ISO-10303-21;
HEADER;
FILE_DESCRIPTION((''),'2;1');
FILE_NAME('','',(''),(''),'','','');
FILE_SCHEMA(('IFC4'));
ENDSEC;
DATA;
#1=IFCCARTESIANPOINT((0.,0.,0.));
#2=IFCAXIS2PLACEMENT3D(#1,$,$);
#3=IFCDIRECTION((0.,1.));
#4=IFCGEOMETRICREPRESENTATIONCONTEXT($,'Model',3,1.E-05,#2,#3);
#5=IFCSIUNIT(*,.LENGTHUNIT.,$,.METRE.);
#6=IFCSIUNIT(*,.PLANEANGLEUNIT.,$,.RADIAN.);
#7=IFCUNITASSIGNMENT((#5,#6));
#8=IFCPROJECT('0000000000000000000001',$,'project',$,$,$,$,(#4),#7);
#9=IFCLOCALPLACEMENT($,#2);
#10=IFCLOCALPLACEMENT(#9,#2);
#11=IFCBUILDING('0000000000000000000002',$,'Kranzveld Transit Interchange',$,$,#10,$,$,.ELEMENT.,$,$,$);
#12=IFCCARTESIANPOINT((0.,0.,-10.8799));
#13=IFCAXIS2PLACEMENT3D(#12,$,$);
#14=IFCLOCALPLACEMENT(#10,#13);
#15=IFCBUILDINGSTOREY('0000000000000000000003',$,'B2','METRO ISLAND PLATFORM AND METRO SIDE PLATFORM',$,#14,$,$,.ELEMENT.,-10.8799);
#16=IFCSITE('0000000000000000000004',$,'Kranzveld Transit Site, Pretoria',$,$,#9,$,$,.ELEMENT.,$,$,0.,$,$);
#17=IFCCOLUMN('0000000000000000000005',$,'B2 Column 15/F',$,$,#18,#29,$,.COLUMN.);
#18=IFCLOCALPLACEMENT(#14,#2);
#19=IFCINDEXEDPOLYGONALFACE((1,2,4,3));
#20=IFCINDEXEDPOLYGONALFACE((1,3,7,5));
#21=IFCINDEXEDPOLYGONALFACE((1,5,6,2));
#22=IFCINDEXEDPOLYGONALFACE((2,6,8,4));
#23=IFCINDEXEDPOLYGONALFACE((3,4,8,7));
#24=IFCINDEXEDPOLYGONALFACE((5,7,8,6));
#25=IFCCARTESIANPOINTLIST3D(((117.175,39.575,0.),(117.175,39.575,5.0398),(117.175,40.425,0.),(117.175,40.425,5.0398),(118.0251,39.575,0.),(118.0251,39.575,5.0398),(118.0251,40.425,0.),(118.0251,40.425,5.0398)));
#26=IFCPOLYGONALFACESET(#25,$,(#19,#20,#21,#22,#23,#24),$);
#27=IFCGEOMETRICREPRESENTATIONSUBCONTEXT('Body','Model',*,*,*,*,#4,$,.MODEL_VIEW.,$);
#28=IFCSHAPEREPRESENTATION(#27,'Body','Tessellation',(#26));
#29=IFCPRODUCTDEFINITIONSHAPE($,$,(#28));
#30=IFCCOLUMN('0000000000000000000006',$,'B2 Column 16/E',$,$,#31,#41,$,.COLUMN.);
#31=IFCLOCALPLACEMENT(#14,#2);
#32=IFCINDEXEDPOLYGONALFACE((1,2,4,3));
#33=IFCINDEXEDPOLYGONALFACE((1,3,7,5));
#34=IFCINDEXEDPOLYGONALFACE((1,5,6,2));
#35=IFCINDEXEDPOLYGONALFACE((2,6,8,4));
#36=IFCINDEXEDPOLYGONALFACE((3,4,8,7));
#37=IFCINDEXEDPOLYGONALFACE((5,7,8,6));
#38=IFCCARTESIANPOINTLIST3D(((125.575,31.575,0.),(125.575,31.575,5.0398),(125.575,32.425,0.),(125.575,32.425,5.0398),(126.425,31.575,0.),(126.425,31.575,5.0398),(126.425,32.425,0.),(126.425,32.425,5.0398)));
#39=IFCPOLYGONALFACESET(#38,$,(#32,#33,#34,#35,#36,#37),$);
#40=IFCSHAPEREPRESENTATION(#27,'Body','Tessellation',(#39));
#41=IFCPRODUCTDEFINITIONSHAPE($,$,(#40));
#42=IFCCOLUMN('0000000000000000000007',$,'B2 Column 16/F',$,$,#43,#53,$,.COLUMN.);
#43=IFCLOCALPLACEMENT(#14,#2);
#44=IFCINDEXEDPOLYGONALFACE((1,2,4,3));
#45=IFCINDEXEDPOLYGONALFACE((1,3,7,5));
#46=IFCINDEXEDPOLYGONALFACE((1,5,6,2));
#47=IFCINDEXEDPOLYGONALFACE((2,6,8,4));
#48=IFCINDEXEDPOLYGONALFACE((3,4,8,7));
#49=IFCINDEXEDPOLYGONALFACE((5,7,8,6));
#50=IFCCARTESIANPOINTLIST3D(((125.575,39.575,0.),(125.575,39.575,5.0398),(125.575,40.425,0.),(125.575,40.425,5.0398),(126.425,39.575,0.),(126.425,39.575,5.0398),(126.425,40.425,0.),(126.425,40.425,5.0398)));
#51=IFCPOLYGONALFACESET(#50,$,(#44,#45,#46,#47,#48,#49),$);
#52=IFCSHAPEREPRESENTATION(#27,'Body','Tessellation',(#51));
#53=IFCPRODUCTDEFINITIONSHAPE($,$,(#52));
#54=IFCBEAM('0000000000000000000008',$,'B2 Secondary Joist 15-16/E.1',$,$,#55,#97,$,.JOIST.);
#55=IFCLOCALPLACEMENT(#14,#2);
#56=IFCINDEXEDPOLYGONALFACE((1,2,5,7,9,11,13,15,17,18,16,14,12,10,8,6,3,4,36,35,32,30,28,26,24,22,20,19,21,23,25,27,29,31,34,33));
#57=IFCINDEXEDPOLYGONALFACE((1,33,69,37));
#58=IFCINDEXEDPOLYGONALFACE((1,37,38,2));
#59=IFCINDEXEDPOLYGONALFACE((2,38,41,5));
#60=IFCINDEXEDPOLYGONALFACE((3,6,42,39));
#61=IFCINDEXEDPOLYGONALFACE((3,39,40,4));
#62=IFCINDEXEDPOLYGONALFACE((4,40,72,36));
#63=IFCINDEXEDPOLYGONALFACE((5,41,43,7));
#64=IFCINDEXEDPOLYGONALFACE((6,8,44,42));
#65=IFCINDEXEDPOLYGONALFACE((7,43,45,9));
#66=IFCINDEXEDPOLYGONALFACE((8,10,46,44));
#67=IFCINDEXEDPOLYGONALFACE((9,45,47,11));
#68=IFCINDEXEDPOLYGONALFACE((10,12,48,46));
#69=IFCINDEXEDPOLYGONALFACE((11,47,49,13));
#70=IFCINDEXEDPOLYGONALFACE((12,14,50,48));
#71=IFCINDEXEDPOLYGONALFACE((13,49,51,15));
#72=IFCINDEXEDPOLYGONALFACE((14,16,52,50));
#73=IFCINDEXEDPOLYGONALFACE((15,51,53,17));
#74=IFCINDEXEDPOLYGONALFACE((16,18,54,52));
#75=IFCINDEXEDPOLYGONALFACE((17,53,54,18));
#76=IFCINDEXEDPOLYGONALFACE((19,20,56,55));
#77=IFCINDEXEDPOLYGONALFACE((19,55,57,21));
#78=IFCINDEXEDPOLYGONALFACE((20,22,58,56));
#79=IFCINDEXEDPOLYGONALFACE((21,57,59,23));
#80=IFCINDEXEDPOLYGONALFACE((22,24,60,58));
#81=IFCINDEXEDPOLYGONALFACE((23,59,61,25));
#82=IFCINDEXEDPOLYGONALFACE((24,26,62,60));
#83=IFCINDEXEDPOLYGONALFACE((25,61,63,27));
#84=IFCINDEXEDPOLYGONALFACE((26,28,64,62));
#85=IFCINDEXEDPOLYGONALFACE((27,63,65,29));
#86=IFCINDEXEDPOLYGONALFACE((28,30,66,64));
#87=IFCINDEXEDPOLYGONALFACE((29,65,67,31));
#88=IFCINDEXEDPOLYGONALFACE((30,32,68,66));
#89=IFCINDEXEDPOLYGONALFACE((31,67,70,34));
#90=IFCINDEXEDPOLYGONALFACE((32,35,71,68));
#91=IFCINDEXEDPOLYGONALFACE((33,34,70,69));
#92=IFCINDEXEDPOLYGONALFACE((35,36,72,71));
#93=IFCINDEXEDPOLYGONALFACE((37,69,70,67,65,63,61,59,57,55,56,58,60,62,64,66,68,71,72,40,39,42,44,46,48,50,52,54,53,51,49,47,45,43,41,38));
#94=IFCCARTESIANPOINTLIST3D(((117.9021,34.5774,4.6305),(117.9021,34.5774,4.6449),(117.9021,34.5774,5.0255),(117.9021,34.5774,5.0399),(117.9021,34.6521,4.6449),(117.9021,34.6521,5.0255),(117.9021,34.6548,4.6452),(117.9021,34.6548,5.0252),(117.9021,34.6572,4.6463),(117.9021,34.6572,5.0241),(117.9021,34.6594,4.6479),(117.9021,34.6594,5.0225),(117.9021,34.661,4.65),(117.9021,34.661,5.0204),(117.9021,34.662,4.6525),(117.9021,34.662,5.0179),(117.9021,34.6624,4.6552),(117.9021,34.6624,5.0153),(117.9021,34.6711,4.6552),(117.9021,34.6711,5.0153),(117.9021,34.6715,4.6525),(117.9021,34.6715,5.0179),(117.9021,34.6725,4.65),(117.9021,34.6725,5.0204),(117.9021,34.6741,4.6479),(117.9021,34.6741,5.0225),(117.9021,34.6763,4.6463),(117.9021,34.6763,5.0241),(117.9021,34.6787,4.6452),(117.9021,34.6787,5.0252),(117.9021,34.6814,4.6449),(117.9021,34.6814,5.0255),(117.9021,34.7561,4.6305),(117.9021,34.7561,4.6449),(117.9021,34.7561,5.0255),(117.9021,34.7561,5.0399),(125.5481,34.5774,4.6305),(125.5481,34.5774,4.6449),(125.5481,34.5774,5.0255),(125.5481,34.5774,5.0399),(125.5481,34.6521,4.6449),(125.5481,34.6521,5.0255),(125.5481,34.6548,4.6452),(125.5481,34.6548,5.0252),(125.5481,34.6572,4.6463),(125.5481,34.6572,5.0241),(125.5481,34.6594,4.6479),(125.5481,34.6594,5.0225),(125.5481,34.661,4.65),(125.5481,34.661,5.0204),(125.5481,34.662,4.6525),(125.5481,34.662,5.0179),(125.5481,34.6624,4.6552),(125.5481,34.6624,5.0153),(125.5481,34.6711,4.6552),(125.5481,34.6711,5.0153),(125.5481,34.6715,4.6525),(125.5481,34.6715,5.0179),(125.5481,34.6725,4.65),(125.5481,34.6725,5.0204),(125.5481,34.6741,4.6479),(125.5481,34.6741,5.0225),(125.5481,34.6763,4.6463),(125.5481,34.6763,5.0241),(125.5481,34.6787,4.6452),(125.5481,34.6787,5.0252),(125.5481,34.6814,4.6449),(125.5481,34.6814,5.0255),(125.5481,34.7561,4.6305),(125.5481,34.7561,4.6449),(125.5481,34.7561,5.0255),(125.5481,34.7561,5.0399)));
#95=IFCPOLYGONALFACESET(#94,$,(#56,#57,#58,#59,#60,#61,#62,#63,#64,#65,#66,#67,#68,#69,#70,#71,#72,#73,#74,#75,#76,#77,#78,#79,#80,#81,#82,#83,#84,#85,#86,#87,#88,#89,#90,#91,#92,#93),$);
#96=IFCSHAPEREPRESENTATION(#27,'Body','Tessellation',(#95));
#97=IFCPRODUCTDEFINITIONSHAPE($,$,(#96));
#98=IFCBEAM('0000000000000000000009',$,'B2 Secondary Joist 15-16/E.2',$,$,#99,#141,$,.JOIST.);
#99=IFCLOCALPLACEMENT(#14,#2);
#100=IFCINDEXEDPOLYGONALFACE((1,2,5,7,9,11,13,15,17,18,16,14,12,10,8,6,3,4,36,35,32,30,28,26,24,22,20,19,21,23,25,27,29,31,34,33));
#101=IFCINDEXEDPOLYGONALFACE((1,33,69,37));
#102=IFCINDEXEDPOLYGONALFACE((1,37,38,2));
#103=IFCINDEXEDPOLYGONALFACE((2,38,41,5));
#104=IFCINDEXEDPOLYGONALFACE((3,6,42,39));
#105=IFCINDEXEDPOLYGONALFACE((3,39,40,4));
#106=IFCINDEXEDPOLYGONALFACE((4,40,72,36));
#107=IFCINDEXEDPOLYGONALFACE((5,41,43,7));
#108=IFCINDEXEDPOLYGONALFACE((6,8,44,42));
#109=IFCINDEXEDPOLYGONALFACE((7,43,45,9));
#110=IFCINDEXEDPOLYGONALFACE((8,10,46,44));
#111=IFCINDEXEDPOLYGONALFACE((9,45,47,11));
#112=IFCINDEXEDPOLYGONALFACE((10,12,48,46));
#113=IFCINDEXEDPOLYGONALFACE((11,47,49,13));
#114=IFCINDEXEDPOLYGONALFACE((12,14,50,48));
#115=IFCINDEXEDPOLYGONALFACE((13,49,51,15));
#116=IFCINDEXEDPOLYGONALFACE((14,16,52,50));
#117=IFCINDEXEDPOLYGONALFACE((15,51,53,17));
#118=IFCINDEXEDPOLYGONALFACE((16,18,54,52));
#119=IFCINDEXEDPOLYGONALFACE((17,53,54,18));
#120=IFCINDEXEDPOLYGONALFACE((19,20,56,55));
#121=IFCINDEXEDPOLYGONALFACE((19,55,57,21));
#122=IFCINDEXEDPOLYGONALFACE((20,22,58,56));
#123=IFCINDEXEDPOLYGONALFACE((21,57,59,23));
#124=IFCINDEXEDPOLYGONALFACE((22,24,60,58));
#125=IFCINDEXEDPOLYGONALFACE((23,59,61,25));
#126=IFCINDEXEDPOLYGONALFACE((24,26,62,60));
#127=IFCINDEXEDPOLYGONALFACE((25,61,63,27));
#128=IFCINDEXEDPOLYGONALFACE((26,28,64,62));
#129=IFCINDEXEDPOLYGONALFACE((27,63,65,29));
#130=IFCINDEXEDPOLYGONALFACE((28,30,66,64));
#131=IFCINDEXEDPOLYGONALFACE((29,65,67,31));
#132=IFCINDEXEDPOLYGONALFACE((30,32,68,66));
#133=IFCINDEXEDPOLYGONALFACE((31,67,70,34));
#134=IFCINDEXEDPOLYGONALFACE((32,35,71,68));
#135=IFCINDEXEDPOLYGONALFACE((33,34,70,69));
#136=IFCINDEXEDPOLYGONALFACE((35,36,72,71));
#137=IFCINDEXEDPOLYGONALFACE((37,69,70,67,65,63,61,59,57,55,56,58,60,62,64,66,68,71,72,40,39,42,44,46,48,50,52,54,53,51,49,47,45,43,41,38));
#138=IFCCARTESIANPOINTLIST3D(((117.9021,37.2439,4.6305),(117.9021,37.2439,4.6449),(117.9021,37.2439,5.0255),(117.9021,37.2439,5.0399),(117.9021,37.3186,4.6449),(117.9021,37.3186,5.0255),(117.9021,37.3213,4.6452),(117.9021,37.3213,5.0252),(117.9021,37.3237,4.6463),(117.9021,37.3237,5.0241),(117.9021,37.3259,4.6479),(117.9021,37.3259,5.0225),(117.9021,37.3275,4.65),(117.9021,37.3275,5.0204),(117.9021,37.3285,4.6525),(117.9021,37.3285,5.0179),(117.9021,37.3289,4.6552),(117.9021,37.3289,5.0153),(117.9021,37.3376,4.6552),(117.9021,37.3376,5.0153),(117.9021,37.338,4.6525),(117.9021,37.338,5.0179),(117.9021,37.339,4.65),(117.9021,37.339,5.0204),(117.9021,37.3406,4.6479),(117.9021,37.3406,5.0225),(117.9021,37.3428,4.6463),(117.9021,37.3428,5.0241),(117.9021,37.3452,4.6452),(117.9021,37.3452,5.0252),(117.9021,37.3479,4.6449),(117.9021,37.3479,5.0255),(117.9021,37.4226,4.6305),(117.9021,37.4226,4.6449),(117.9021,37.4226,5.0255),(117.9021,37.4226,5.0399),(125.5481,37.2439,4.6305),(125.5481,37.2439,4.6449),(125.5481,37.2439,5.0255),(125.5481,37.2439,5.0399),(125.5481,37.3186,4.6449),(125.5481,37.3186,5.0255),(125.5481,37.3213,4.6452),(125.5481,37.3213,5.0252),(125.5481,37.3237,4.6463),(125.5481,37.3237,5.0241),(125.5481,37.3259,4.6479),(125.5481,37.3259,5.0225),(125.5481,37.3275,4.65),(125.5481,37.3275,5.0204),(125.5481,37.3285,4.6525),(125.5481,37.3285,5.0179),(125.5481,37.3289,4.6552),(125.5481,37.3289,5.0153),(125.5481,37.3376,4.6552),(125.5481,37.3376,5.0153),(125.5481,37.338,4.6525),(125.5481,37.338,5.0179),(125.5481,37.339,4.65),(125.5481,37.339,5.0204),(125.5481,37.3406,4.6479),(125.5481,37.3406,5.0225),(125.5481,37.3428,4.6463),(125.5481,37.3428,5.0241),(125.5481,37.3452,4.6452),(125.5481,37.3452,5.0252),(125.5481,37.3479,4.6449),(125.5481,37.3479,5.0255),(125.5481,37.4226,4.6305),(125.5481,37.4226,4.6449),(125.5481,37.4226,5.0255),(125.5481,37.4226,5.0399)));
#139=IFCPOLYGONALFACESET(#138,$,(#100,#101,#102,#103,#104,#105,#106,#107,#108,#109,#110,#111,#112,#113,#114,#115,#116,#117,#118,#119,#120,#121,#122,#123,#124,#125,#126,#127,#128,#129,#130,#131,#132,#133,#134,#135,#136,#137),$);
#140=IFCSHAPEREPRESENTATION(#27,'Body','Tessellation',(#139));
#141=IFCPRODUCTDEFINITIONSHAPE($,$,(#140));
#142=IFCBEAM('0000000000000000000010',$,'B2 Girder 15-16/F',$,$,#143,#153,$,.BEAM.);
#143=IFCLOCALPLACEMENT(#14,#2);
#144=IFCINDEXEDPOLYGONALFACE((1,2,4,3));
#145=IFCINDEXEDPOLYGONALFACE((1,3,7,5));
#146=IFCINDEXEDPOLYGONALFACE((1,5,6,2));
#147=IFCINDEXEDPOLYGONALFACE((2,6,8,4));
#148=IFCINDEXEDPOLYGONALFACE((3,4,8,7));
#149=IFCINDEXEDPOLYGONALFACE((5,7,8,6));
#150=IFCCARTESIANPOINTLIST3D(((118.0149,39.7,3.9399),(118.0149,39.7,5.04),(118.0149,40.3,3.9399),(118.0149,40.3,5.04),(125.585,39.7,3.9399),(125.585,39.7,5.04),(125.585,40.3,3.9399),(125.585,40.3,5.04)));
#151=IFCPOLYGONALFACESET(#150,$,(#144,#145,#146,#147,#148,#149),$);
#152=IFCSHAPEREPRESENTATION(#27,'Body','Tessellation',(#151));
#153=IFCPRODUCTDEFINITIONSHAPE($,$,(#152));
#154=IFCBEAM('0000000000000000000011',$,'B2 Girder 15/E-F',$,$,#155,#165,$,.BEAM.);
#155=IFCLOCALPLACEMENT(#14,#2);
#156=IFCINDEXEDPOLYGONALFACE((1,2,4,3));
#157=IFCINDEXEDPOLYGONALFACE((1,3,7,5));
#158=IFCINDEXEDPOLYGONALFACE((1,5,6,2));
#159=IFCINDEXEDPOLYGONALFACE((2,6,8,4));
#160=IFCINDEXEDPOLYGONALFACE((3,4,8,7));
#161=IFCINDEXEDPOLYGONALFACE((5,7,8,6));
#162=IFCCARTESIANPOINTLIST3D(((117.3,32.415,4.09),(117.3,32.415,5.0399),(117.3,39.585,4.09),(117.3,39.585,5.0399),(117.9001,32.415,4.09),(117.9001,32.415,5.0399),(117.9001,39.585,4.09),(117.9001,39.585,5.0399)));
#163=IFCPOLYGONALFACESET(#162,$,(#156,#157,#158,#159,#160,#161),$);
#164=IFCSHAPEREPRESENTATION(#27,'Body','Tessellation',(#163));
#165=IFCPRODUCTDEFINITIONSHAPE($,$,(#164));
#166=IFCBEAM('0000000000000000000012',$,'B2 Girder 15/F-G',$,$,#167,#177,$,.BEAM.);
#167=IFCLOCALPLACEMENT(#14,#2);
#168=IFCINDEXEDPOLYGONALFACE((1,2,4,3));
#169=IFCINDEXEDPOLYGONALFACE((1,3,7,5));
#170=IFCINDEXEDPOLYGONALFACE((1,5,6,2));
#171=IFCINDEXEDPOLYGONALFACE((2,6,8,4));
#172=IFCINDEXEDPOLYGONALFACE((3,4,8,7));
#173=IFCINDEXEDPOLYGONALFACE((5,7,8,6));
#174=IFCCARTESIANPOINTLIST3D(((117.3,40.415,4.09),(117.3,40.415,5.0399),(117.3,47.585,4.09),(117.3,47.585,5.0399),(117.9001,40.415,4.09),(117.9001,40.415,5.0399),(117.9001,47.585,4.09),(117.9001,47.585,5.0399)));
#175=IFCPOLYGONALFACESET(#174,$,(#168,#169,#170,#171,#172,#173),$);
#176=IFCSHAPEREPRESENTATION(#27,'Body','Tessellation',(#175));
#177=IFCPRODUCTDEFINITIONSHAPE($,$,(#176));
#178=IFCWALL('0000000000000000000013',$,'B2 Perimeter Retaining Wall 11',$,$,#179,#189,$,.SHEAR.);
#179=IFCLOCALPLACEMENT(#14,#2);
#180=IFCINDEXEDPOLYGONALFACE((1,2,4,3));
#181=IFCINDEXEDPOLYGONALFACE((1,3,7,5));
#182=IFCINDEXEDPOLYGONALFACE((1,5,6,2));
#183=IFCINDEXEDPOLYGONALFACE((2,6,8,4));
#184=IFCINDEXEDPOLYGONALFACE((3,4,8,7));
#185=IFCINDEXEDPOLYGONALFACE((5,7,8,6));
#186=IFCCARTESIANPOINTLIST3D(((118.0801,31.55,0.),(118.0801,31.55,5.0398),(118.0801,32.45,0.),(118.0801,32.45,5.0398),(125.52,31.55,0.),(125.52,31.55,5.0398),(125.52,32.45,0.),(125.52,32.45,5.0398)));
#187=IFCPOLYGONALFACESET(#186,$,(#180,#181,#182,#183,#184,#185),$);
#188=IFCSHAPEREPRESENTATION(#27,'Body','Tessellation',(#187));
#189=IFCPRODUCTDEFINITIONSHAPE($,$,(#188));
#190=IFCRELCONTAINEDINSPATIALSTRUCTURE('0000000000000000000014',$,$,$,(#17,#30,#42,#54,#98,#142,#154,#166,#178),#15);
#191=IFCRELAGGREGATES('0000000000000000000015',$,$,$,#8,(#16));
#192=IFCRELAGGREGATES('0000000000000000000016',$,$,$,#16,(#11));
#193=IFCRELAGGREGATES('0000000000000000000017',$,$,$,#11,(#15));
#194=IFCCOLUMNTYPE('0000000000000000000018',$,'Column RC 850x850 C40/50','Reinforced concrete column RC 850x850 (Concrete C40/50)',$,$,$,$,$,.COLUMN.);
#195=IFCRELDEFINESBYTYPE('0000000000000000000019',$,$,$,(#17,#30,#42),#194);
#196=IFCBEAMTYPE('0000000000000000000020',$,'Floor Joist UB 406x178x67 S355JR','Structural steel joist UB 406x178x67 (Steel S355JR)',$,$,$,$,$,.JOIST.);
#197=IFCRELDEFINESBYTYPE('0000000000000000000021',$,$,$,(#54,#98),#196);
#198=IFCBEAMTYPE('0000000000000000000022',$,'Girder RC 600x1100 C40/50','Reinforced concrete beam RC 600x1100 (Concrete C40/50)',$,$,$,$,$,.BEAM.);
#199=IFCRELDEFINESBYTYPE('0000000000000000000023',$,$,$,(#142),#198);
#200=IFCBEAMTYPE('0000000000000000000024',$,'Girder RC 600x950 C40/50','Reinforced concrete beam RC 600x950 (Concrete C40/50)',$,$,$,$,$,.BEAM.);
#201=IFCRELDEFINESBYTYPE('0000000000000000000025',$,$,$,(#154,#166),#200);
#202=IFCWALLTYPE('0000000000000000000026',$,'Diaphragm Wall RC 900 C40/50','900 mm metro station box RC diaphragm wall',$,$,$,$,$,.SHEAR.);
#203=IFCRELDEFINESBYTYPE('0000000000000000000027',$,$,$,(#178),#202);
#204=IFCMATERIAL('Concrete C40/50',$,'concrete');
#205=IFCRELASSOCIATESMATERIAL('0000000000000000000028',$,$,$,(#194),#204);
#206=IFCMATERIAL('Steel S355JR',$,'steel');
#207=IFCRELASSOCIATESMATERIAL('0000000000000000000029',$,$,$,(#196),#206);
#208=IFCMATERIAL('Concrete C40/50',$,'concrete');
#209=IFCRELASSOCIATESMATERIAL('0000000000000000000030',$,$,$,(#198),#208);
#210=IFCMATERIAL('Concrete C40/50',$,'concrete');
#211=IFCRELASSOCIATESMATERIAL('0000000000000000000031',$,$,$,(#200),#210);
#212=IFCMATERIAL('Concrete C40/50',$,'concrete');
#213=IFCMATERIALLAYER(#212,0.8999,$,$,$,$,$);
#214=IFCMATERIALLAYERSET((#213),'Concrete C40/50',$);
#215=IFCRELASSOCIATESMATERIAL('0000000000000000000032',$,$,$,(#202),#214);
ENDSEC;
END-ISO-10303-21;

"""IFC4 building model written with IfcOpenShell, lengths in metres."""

from ifc_helpers import new_model, si_unit, direction, frame, frame_2d, origin, origin_2d, place, context, subcontext, project, spatial, rectangle, i_section, extrude, material, layer, layer_set, material_profile, profile_set, type_object, element, save


model = new_model("IFC4")

# Units and contexts
model_context = context("Model", 3, precision=1e-05, world=origin(), true_north=direction((0.0, 1.0)))
body_context = subcontext(model_context, "Body", "Model", "MODEL_VIEW")
ifc_project = project(units=[si_unit("LENGTHUNIT", "METRE"), si_unit("PLANEANGLEUNIT", "RADIAN")], contexts=[model_context])

# Site, building, storey
site_placement = place(None, origin())
site = spatial("IfcSite", under=ifc_project, at=site_placement, Name="Kranzveld Transit Site, Pretoria", CompositionType="ELEMENT", RefElevation=0.0)
building_placement = place(site_placement, origin())
building = spatial("IfcBuilding", under=site, at=building_placement, Name="Kranzveld Transit Interchange", CompositionType="ELEMENT")
storey_placement = place(building_placement, frame((0.0, 0.0, -10.8799)))
storey = spatial("IfcBuildingStorey", under=building, at=storey_placement, Name="B2", Description="METRO ISLAND PLATFORM AND METRO SIDE PLATFORM", CompositionType="ELEMENT", Elevation=-10.8799)

# Columns
ifc_material_1 = material(Name="Concrete C40/50", Category="concrete")
ifc_material_profile_1 = material_profile(ifc_material_1, rectangle(XDim=0.8501, YDim=0.8501, at=origin_2d()), Name="RC 850x850")
ifc_profile_set_1 = profile_set([ifc_material_profile_1], Name="Concrete C40/50")
column_type = type_object("IfcColumnType", Name="Column RC 850x850 C40/50", Description="Reinforced concrete column RC 850x850 (Concrete C40/50)", PredefinedType="COLUMN", material=ifc_profile_set_1)
for number, where, z_axis, x_axis, name in (
    (1, (117.6001, 40.0, 0.0), (0.0, 0.0, 1.0), (1.0, 0.0, 0.0), "B2 Column 15/F"),
    (2, (126.0, 32.0, 0.0), (0.0, 0.0, 1.0), (1.0, 0.0, 0.0), "B2 Column 16/E"),
    (3, (126.0, 40.0, 0.0), (0.0, 0.0, 1.0), (1.0, 0.0, 0.0), "B2 Column 16/F"),
):
    element("IfcColumn", number, at=place(storey_placement, frame(where, z_axis=z_axis, x_axis=x_axis)), inside=storey, type_object=column_type, Name=name, PredefinedType="COLUMN", context=body_context, shape_type="SweptSolid", body=[
        extrude(rectangle(XDim=0.8501, YDim=0.8501, at=origin_2d()), origin(), (0.0, 0.0, 1.0), 5.0398),
    ])

# Beams
ifc_material_2 = material(Name="Steel S355JR", Category="steel")
ifc_material_profile_2 = material_profile(ifc_material_2, i_section(OverallWidth=0.1787, OverallDepth=0.4094, WebThickness=0.0088, FlangeThickness=0.0144, FilletRadius=0.0103, at=origin_2d()), Name="UB 406x178x67")
ifc_profile_set_2 = profile_set([ifc_material_profile_2], Name="Steel S355JR")
beam_type_1 = type_object("IfcBeamType", Name="Floor Joist UB 406x178x67 S355JR", Description="Structural steel joist UB 406x178x67 (Steel S355JR)", PredefinedType="JOIST", material=ifc_profile_set_2)
for number, where, z_axis, x_axis, name in (
    (4, (117.9021, 34.6667, 4.8352), (1.0, 0.0, 0.0), (0.0, 1.0, 0.0), "B2 Secondary Joist 15-16/E.1"),
    (5, (117.9021, 37.3333, 4.8352), (1.0, 0.0, 0.0), (0.0, 1.0, 0.0), "B2 Secondary Joist 15-16/E.2"),
):
    element("IfcBeam", number, at=place(storey_placement, frame(where, z_axis=z_axis, x_axis=x_axis)), inside=storey, type_object=beam_type_1, Name=name, PredefinedType="JOIST", context=body_context, shape_type="SweptSolid", body=[
        extrude(i_section(OverallWidth=0.1787, OverallDepth=0.4094, WebThickness=0.0088, FlangeThickness=0.0144, FilletRadius=0.0103, at=origin_2d()), origin(), (0.0, 0.0, 1.0), 7.646),
    ])
ifc_material_3 = material(Name="Concrete C40/50", Category="concrete")
ifc_material_profile_3 = material_profile(ifc_material_3, rectangle(XDim=0.6001, YDim=1.1001, at=origin_2d()), Name="RC 600x1100")
ifc_profile_set_3 = profile_set([ifc_material_profile_3], Name="Concrete C40/50")
beam_type_2 = type_object("IfcBeamType", Name="Girder RC 600x1100 C40/50", Description="Reinforced concrete beam RC 600x1100 (Concrete C40/50)", PredefinedType="BEAM", material=ifc_profile_set_3)
beam_placement = place(storey_placement, frame((118.0149, 40.0, 4.49), z_axis=(1.0, 0.0, 0.0), x_axis=(0.0, 1.0, 0.0)))
element("IfcBeam", 6, at=beam_placement, inside=storey, type_object=beam_type_2, Name="B2 Girder 15-16/F", PredefinedType="BEAM", context=body_context, shape_type="SweptSolid", body=[
    extrude(rectangle(XDim=0.6001, YDim=1.1001, at=origin_2d()), origin(), (0.0, 0.0, 1.0), 7.5701),
])
ifc_material_4 = material(Name="Concrete C40/50", Category="concrete")
ifc_material_profile_4 = material_profile(ifc_material_4, rectangle(XDim=0.6001, YDim=0.95, at=origin_2d()), Name="RC 600x950")
ifc_profile_set_4 = profile_set([ifc_material_profile_4], Name="Concrete C40/50")
beam_type_3 = type_object("IfcBeamType", Name="Girder RC 600x950 C40/50", Description="Reinforced concrete beam RC 600x950 (Concrete C40/50)", PredefinedType="BEAM", material=ifc_profile_set_4)
for number, where, z_axis, x_axis, name in (
    (7, (117.6001, 32.415, 4.5649), (0.0, 1.0, 0.0), (-1.0, 0.0, 0.0), "B2 Girder 15/E-F"),
    (8, (117.6001, 40.415, 4.5649), (0.0, 1.0, 0.0), (-1.0, 0.0, 0.0), "B2 Girder 15/F-G"),
):
    element("IfcBeam", number, at=place(storey_placement, frame(where, z_axis=z_axis, x_axis=x_axis)), inside=storey, type_object=beam_type_3, Name=name, PredefinedType="BEAM", context=body_context, shape_type="SweptSolid", body=[
        extrude(rectangle(XDim=0.6001, YDim=0.95, at=origin_2d()), origin(), (0.0, 0.0, 1.0), 7.1699),
    ])

# Wall
ifc_material_5 = material(Name="Concrete C40/50", Category="concrete")
ifc_layer = layer(ifc_material_5, 0.8999)
ifc_layer_set = layer_set([ifc_layer], Name="Concrete C40/50")
wall_type = type_object("IfcWallType", Name="Diaphragm Wall RC 900 C40/50", Description="900 mm metro station box RC diaphragm wall", PredefinedType="SHEAR", material=ifc_layer_set)
wall_placement = place(storey_placement, frame((118.0801, 32.0, 0.0), z_axis=(0.0, 0.0, 1.0), x_axis=(1.0, 0.0, 0.0)))
element("IfcWall", 9, at=wall_placement, inside=storey, type_object=wall_type, Name="B2 Perimeter Retaining Wall 11", PredefinedType="SHEAR", context=body_context, shape_type="SweptSolid", body=[
    extrude(rectangle(XDim=7.4399, YDim=0.8999, at=frame_2d((3.72, 0.0))), origin(), (0.0, 0.0, 1.0), 5.0398),
])

save(model, "model.ifc")
